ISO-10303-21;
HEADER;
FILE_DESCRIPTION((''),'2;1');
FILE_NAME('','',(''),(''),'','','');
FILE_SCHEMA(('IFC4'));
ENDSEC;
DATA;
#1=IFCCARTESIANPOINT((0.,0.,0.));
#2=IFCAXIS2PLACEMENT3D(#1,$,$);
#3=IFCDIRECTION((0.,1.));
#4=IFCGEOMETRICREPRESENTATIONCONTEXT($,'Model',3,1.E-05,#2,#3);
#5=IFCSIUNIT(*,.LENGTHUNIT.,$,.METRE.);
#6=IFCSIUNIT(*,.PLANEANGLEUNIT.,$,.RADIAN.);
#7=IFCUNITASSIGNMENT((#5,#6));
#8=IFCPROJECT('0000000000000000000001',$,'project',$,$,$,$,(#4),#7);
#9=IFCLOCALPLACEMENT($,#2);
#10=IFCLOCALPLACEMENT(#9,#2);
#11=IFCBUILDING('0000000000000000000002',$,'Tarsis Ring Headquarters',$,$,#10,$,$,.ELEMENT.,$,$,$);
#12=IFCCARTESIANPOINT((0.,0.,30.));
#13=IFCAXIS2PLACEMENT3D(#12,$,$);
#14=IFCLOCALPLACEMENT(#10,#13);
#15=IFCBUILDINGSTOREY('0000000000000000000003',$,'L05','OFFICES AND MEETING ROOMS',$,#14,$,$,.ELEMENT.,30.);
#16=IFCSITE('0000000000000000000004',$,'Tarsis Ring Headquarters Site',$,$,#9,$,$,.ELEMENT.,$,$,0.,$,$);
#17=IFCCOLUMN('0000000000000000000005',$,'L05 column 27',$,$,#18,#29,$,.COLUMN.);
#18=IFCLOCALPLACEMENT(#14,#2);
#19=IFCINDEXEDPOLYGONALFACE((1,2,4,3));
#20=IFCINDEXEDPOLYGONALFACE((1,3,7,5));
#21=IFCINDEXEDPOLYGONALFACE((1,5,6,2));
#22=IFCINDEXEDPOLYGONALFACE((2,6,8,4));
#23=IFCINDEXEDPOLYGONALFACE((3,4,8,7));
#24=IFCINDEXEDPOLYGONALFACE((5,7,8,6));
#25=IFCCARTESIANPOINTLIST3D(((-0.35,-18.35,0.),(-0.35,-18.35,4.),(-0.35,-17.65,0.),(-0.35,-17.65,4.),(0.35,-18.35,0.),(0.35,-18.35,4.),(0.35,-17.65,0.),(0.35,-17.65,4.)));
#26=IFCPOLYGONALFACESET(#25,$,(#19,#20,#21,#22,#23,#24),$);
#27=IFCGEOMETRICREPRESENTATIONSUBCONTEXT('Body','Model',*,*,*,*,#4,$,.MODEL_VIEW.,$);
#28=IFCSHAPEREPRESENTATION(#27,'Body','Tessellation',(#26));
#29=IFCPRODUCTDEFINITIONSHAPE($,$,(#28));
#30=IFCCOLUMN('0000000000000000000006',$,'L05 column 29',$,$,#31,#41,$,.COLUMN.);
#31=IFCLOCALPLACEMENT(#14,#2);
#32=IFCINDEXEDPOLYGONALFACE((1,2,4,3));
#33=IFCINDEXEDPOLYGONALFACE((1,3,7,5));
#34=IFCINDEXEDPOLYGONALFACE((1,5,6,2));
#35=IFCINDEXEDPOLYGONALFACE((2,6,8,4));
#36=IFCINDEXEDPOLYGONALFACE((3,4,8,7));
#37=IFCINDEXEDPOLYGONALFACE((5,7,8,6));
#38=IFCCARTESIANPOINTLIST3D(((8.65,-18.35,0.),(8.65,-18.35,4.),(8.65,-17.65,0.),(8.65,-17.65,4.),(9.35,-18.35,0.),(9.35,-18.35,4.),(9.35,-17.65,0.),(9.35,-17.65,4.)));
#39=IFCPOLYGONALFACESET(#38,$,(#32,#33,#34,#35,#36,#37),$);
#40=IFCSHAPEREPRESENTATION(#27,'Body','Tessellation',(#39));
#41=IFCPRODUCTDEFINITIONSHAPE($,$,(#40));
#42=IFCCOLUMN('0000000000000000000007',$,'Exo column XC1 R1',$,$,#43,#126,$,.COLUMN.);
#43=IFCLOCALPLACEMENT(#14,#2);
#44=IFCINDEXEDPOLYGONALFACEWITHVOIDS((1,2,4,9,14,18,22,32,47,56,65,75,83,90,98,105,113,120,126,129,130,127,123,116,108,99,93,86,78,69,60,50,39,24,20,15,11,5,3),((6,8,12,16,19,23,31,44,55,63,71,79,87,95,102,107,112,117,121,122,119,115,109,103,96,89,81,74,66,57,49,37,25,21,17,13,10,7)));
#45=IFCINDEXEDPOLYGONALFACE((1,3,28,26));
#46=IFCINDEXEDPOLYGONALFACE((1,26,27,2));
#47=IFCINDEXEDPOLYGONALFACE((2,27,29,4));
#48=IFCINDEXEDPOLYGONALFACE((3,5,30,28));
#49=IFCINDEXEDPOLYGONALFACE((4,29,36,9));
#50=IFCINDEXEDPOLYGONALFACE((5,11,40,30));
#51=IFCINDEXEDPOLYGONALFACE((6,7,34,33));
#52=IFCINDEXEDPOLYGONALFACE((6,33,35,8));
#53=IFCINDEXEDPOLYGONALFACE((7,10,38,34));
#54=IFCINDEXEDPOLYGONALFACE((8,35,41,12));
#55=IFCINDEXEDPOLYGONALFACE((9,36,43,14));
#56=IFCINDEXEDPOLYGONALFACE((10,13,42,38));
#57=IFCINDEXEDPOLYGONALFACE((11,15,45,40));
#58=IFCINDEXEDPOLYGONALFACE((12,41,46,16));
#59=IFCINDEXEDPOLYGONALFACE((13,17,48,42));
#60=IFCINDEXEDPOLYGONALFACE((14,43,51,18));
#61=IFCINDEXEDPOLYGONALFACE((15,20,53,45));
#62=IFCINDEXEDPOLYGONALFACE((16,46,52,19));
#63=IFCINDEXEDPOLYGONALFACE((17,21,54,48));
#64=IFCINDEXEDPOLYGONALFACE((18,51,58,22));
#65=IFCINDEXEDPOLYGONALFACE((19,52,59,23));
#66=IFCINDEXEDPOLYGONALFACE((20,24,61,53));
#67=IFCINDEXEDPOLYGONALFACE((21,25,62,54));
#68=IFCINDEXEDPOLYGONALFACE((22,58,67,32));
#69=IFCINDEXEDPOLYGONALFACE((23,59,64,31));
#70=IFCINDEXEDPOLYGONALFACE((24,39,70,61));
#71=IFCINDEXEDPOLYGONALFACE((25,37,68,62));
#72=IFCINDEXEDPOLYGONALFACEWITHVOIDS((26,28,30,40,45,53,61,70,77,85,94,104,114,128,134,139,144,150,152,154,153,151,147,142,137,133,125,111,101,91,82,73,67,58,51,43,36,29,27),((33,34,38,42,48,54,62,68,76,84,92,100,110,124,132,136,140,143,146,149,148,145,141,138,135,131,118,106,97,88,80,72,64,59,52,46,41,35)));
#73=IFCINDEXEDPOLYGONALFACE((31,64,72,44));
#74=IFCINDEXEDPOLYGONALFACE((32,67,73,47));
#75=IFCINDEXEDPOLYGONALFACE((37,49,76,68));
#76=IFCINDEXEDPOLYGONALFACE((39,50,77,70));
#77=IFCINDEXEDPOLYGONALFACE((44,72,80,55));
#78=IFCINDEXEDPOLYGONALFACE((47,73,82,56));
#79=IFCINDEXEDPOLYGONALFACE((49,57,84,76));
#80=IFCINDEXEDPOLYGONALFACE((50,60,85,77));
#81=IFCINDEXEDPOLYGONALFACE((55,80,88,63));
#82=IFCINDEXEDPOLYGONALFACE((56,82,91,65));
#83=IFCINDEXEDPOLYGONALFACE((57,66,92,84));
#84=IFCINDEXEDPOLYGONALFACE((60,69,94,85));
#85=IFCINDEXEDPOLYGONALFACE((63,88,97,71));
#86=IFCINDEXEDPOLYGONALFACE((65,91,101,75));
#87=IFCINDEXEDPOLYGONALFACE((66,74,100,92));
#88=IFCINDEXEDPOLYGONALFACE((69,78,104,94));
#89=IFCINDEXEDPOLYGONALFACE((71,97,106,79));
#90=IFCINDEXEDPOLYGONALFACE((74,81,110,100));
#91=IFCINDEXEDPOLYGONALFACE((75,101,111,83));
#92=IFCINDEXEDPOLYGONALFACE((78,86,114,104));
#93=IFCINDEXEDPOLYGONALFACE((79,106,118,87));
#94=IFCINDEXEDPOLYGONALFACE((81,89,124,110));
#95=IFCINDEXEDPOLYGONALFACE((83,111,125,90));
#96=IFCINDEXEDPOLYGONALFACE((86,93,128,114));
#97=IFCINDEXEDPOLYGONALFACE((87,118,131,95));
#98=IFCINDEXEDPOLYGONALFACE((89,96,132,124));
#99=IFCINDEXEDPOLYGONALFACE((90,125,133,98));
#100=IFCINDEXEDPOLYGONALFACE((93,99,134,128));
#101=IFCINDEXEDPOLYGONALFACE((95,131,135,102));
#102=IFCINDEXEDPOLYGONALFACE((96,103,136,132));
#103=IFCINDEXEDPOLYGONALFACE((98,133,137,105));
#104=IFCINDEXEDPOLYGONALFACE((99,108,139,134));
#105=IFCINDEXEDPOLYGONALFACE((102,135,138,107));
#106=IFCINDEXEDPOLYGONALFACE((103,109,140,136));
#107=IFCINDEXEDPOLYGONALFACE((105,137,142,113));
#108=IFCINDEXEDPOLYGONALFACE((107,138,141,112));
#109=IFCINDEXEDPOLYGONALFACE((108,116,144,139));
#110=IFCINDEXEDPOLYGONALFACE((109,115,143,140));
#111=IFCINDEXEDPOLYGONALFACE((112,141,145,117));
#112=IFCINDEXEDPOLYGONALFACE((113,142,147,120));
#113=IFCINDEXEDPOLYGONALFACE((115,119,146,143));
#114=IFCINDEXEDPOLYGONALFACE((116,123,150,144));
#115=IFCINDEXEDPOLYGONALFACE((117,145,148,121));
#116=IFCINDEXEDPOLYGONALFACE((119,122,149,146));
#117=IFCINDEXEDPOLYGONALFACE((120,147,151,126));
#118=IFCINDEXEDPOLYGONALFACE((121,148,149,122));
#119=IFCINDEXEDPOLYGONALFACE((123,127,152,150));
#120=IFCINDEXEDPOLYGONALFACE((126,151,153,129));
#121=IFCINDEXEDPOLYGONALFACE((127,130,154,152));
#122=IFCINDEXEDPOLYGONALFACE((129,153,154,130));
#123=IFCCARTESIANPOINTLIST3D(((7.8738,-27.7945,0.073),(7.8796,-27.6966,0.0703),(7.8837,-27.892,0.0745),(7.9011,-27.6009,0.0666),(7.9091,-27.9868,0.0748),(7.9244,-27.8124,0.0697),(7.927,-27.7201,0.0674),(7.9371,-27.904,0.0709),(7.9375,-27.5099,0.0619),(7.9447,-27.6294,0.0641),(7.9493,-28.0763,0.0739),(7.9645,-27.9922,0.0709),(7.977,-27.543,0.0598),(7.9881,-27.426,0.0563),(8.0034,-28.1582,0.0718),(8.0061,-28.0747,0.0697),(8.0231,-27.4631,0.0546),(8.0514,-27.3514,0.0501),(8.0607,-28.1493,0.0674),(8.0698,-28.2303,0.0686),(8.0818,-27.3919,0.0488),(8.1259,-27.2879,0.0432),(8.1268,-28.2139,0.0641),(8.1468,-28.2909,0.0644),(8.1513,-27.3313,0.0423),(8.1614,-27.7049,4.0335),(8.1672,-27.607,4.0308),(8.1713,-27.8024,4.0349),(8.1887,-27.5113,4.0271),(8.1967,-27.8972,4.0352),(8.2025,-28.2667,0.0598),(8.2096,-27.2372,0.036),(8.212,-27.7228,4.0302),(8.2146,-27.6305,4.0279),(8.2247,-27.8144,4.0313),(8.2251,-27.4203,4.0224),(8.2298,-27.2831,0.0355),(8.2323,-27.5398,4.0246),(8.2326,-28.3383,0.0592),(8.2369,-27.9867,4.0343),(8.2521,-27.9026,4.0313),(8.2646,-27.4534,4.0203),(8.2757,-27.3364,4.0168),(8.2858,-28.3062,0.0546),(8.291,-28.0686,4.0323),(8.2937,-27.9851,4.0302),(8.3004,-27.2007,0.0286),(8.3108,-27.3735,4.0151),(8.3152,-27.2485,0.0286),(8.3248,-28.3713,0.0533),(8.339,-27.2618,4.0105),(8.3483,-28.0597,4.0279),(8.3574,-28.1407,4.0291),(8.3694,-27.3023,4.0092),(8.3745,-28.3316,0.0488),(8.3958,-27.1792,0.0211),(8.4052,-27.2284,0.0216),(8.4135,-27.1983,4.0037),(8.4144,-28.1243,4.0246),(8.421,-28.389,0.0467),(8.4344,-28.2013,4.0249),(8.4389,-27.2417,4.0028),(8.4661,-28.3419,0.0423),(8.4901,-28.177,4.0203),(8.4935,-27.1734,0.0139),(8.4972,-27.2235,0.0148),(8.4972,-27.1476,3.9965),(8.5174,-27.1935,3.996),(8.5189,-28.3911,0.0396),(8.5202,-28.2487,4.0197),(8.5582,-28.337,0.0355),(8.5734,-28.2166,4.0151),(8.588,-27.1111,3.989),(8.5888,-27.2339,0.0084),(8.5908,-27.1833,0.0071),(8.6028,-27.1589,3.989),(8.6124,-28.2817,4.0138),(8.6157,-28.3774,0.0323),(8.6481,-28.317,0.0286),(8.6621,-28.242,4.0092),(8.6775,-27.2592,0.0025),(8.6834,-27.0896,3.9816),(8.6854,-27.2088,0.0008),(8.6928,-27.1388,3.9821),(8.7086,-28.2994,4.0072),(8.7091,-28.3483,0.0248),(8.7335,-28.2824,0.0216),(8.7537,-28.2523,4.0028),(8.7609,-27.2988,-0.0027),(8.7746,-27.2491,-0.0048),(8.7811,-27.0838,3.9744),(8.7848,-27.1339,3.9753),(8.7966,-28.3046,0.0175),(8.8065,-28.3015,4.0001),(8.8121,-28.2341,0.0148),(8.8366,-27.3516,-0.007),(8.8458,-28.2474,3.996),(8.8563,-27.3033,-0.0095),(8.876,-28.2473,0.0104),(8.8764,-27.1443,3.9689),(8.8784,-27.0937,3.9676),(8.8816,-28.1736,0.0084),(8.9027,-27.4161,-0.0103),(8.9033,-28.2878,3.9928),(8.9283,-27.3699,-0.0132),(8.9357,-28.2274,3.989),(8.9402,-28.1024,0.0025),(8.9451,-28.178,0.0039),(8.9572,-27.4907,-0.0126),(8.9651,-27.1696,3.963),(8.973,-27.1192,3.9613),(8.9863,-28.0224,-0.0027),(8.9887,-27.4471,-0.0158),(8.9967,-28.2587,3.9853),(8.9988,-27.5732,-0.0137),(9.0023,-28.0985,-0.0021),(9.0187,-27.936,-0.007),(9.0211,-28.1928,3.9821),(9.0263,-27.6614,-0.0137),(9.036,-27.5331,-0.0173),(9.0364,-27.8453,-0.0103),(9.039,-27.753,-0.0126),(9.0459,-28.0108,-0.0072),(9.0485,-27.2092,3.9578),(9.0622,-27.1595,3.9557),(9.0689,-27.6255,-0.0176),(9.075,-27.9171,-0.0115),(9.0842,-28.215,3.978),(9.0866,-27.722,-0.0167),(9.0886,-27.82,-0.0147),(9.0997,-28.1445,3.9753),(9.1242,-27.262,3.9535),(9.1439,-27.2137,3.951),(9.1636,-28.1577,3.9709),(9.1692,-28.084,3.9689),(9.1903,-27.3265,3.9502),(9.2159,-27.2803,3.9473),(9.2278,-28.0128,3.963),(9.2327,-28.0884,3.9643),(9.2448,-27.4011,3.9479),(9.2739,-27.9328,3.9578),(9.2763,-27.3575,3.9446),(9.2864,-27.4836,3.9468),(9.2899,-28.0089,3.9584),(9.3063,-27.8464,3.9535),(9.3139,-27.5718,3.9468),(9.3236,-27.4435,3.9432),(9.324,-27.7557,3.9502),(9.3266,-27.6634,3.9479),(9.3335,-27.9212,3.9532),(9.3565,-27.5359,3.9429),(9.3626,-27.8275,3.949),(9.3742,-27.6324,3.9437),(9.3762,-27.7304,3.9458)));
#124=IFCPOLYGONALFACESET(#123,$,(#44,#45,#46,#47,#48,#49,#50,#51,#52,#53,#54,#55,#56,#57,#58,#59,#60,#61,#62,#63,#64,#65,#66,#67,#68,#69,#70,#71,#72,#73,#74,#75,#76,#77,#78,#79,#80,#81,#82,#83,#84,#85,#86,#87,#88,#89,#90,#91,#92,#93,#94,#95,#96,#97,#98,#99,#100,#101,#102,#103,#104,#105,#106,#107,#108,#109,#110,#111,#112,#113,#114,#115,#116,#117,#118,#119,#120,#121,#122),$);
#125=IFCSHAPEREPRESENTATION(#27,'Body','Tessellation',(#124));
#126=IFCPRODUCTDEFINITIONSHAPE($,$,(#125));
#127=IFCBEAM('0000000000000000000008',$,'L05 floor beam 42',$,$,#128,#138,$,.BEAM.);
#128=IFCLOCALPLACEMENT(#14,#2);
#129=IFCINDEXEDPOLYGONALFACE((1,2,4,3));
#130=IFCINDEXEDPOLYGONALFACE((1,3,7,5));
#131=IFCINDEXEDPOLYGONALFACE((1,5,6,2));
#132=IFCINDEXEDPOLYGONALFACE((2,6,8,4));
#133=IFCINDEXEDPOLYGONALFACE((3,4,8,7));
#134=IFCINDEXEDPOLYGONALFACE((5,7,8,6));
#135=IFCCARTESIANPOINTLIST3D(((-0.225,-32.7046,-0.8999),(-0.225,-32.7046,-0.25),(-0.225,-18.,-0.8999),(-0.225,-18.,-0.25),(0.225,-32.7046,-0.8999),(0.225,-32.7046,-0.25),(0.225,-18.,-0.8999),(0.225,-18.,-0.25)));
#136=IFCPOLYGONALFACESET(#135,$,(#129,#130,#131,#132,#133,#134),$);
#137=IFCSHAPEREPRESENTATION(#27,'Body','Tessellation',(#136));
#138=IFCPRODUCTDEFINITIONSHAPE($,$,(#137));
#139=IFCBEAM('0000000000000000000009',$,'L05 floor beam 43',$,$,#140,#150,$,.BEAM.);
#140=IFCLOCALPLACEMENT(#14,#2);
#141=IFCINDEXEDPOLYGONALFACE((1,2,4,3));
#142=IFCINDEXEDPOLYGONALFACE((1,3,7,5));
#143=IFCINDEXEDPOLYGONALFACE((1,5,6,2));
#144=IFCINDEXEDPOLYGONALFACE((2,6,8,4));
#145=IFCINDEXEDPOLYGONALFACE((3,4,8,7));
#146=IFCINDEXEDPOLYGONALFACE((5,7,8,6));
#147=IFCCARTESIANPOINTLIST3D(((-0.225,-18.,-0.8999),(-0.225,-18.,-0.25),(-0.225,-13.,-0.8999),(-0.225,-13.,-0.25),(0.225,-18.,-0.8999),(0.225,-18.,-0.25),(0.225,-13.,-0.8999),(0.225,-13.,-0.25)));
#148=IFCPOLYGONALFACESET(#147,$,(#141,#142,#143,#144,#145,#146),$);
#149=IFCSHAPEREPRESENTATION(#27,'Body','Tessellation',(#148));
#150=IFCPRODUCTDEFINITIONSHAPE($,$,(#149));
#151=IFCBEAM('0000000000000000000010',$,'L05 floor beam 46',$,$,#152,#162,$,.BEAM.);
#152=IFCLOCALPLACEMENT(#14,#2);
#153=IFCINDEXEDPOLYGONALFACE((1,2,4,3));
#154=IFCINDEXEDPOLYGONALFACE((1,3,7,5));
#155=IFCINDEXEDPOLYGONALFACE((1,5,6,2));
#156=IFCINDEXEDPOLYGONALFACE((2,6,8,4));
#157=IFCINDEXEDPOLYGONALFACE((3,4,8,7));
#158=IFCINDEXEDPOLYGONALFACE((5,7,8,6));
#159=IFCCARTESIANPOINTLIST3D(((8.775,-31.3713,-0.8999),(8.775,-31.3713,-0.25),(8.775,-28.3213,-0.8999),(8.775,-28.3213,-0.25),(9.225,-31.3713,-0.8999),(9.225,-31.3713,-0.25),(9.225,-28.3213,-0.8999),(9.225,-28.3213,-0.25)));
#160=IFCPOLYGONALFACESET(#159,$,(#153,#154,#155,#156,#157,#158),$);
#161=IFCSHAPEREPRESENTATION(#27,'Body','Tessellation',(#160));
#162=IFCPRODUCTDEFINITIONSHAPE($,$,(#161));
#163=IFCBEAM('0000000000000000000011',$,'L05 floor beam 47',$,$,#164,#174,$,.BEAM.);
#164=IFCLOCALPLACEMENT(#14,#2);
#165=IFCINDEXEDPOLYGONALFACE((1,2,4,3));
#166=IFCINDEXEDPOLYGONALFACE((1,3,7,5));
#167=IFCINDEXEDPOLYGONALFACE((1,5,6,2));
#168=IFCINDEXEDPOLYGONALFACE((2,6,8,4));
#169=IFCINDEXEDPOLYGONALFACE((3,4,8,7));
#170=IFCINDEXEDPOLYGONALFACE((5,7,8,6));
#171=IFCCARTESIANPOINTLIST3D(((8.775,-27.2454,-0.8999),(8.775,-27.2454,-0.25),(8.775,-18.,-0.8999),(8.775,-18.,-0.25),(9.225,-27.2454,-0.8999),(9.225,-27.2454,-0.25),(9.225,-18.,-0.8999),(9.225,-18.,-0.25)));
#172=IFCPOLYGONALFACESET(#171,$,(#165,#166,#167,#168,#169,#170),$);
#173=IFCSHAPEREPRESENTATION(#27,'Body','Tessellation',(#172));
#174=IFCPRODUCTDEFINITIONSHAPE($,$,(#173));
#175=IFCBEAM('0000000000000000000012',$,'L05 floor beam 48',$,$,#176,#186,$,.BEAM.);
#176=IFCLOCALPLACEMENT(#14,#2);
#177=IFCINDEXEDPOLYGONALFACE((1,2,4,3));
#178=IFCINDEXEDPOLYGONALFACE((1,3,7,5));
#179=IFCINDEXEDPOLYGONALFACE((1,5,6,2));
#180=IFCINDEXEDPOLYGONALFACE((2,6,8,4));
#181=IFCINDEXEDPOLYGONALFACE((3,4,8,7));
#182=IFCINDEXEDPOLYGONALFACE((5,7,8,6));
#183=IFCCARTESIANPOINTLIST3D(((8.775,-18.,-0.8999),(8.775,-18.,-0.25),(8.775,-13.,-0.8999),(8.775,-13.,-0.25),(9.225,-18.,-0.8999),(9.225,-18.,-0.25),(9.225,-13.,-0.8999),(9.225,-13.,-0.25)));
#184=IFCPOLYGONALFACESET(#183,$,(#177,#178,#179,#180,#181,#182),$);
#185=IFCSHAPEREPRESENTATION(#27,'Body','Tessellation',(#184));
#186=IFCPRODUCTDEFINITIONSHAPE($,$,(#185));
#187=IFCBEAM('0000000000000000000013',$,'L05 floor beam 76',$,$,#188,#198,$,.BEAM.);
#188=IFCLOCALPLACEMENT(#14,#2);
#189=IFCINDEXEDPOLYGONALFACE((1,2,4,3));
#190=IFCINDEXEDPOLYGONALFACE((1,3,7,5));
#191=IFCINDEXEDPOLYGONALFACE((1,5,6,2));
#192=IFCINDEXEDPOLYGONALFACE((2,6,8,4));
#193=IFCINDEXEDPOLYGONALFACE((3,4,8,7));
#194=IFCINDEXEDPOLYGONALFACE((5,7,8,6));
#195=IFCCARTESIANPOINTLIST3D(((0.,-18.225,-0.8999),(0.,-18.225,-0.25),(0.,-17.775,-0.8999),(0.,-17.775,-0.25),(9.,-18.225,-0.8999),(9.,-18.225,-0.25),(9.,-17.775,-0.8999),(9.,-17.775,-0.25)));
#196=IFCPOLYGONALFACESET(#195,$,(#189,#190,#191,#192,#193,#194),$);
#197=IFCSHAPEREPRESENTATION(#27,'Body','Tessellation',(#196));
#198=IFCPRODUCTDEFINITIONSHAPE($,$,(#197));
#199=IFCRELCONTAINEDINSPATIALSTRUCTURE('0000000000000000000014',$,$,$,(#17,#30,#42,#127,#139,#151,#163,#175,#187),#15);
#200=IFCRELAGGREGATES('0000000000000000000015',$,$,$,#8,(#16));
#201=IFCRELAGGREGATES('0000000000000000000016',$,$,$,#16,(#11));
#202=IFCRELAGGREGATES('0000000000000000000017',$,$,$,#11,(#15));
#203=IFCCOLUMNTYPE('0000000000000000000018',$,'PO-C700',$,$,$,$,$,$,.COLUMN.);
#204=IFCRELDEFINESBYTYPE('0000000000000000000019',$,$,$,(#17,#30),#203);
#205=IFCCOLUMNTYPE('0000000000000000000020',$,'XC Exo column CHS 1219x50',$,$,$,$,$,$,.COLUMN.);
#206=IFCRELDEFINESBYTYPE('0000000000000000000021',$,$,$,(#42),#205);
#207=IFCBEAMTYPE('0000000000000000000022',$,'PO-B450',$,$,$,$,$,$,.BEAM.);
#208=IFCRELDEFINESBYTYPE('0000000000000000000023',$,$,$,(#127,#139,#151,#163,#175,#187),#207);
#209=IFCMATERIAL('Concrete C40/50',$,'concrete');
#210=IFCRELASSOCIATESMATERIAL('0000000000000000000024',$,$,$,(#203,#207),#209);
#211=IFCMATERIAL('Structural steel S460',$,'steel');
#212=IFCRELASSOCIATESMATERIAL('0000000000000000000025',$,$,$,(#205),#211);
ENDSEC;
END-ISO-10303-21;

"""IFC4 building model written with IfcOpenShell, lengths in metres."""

from ifc_helpers import new_model, si_unit, direction, frame, origin, origin_2d, place, context, subcontext, project, spatial, rectangle, hollow_circle, extrude, material, material_profile, profile_set, type_object, element, save


model = new_model("IFC4")

# Units and contexts
model_context = context("Model", 3, precision=1e-05, world=origin(), true_north=direction((0.0, 1.0)))
body_context = subcontext(model_context, "Body", "Model", "MODEL_VIEW")
ifc_project = project(units=[si_unit("LENGTHUNIT", "METRE"), si_unit("PLANEANGLEUNIT", "RADIAN")], contexts=[model_context])

# Site, building, storey
site_placement = place(None, origin())
site = spatial("IfcSite", under=ifc_project, at=site_placement, Name="Tarsis Ring Headquarters Site", CompositionType="ELEMENT", RefElevation=0.0)
building_placement = place(site_placement, origin())
building = spatial("IfcBuilding", under=site, at=building_placement, Name="Tarsis Ring Headquarters", CompositionType="ELEMENT")
storey_placement = place(building_placement, frame((0.0, 0.0, 30.0)))
storey = spatial("IfcBuildingStorey", under=building, at=storey_placement, Name="L05", Description="OFFICES AND MEETING ROOMS", CompositionType="ELEMENT", Elevation=30.0)

# Columns
ifc_material_1 = material(Name="Concrete C40/50", Category="concrete")
ifc_material_profile_1 = material_profile(ifc_material_1, rectangle(XDim=0.7, YDim=0.7, at=origin_2d()), Name="PO-C700")
ifc_profile_set_1 = profile_set([ifc_material_profile_1], Name="Concrete C40/50")
column_type_1 = type_object("IfcColumnType", Name="PO-C700", PredefinedType="COLUMN", material=ifc_profile_set_1)
for number, where, z_axis, x_axis, name in (
    (1, (0.0, -18.0, 0.0), (0.0, 0.0, 1.0), (1.0, 0.0, 0.0), "L05 column 27"),
    (2, (9.0, -18.0, 0.0), (0.0, 0.0, 1.0), (1.0, 0.0, 0.0), "L05 column 29"),
):
    element("IfcColumn", number, at=place(storey_placement, frame(where, z_axis=z_axis, x_axis=x_axis)), inside=storey, type_object=column_type_1, Name=name, PredefinedType="COLUMN", context=body_context, shape_type="SweptSolid", body=[
        extrude(rectangle(XDim=0.7, YDim=0.7, at=origin_2d()), origin(), (0.0, 0.0, 1.0), 4.0),
    ])
ifc_material_2 = material(Name="Structural steel S460", Category="steel")
ifc_material_profile_2 = material_profile(ifc_material_2, hollow_circle(Radius=0.6096, WallThickness=0.05, at=origin_2d()), Name="CHS 1219x50")
ifc_profile_set_2 = profile_set([ifc_material_profile_2], Name="Structural steel S460")
column_type_2 = type_object("IfcColumnType", Name="XC Exo column CHS 1219x50", PredefinedType="COLUMN", material=ifc_profile_set_2)
column_placement = place(storey_placement, frame((8.4817, -27.7827, 0.0286), z_axis=(0.072408, 0.022558, 0.99712), x_axis=(-0.297444, 0.954739, 0.0)))
element("IfcColumn", 3, at=column_placement, inside=storey, type_object=column_type_2, Name="Exo column XC1 R1", PredefinedType="COLUMN", context=body_context, shape_type="SweptSolid", body=[
    extrude(hollow_circle(Radius=0.6096, WallThickness=0.05, at=origin_2d()), origin(), (0.0, 0.0, 1.0), 3.9719),
])

# Beams
ifc_material_profile_3 = material_profile(ifc_material_1, rectangle(XDim=0.45, YDim=0.6499, at=origin_2d()), Name="PO-B450")
ifc_profile_set_3 = profile_set([ifc_material_profile_3], Name="Concrete C40/50")
beam_type_1 = type_object("IfcBeamType", Name="PO-B450", PredefinedType="BEAM", material=ifc_profile_set_3)
beam_1_placement = place(storey_placement, frame((0.0, -32.7046, -0.575), z_axis=(0.0, 1.0, 0.0), x_axis=(-1.0, 0.0, 0.0)))
element("IfcBeam", 4, at=beam_1_placement, inside=storey, type_object=beam_type_1, Name="L05 floor beam 42", PredefinedType="BEAM", context=body_context, shape_type="SweptSolid", body=[
    extrude(rectangle(XDim=0.45, YDim=0.6499, at=origin_2d()), origin(), (0.0, 0.0, 1.0), 14.7046),
])
beam_2_placement = place(storey_placement, frame((0.0, -18.0, -0.575), z_axis=(0.0, 1.0, 0.0), x_axis=(-1.0, 0.0, 0.0)))
element("IfcBeam", 5, at=beam_2_placement, inside=storey, type_object=beam_type_1, Name="L05 floor beam 43", PredefinedType="BEAM", context=body_context, shape_type="SweptSolid", body=[
    extrude(rectangle(XDim=0.45, YDim=0.6499, at=origin_2d()), origin(), (0.0, 0.0, 1.0), 5.0),
])
beam_3_placement = place(storey_placement, frame((9.0, -31.3713, -0.575), z_axis=(0.0, 1.0, 0.0), x_axis=(-1.0, 0.0, 0.0)))
element("IfcBeam", 6, at=beam_3_placement, inside=storey, type_object=beam_type_1, Name="L05 floor beam 46", PredefinedType="BEAM", context=body_context, shape_type="SweptSolid", body=[
    extrude(rectangle(XDim=0.45, YDim=0.6499, at=origin_2d()), origin(), (0.0, 0.0, 1.0), 3.05),
])
beam_4_placement = place(storey_placement, frame((9.0, -27.2454, -0.575), z_axis=(0.0, 1.0, 0.0), x_axis=(-1.0, 0.0, 0.0)))
element("IfcBeam", 7, at=beam_4_placement, inside=storey, type_object=beam_type_1, Name="L05 floor beam 47", PredefinedType="BEAM", context=body_context, shape_type="SweptSolid", body=[
    extrude(rectangle(XDim=0.45, YDim=0.6499, at=origin_2d()), origin(), (0.0, 0.0, 1.0), 9.2454),
])
beam_5_placement = place(storey_placement, frame((9.0, -18.0, -0.575), z_axis=(0.0, 1.0, 0.0), x_axis=(-1.0, 0.0, 0.0)))
element("IfcBeam", 8, at=beam_5_placement, inside=storey, type_object=beam_type_1, Name="L05 floor beam 48", PredefinedType="BEAM", context=body_context, shape_type="SweptSolid", body=[
    extrude(rectangle(XDim=0.45, YDim=0.6499, at=origin_2d()), origin(), (0.0, 0.0, 1.0), 5.0),
])
beam_6_placement = place(storey_placement, frame((0.0, -18.0, -0.575), z_axis=(1.0, 0.0, 0.0), x_axis=(0.0, 1.0, 0.0)))
element("IfcBeam", 9, at=beam_6_placement, inside=storey, type_object=beam_type_1, Name="L05 floor beam 76", PredefinedType="BEAM", context=body_context, shape_type="SweptSolid", body=[
    extrude(rectangle(XDim=0.45, YDim=0.6499, at=origin_2d()), origin(), (0.0, 0.0, 1.0), 9.0),
])

save(model, "model.ifc")
